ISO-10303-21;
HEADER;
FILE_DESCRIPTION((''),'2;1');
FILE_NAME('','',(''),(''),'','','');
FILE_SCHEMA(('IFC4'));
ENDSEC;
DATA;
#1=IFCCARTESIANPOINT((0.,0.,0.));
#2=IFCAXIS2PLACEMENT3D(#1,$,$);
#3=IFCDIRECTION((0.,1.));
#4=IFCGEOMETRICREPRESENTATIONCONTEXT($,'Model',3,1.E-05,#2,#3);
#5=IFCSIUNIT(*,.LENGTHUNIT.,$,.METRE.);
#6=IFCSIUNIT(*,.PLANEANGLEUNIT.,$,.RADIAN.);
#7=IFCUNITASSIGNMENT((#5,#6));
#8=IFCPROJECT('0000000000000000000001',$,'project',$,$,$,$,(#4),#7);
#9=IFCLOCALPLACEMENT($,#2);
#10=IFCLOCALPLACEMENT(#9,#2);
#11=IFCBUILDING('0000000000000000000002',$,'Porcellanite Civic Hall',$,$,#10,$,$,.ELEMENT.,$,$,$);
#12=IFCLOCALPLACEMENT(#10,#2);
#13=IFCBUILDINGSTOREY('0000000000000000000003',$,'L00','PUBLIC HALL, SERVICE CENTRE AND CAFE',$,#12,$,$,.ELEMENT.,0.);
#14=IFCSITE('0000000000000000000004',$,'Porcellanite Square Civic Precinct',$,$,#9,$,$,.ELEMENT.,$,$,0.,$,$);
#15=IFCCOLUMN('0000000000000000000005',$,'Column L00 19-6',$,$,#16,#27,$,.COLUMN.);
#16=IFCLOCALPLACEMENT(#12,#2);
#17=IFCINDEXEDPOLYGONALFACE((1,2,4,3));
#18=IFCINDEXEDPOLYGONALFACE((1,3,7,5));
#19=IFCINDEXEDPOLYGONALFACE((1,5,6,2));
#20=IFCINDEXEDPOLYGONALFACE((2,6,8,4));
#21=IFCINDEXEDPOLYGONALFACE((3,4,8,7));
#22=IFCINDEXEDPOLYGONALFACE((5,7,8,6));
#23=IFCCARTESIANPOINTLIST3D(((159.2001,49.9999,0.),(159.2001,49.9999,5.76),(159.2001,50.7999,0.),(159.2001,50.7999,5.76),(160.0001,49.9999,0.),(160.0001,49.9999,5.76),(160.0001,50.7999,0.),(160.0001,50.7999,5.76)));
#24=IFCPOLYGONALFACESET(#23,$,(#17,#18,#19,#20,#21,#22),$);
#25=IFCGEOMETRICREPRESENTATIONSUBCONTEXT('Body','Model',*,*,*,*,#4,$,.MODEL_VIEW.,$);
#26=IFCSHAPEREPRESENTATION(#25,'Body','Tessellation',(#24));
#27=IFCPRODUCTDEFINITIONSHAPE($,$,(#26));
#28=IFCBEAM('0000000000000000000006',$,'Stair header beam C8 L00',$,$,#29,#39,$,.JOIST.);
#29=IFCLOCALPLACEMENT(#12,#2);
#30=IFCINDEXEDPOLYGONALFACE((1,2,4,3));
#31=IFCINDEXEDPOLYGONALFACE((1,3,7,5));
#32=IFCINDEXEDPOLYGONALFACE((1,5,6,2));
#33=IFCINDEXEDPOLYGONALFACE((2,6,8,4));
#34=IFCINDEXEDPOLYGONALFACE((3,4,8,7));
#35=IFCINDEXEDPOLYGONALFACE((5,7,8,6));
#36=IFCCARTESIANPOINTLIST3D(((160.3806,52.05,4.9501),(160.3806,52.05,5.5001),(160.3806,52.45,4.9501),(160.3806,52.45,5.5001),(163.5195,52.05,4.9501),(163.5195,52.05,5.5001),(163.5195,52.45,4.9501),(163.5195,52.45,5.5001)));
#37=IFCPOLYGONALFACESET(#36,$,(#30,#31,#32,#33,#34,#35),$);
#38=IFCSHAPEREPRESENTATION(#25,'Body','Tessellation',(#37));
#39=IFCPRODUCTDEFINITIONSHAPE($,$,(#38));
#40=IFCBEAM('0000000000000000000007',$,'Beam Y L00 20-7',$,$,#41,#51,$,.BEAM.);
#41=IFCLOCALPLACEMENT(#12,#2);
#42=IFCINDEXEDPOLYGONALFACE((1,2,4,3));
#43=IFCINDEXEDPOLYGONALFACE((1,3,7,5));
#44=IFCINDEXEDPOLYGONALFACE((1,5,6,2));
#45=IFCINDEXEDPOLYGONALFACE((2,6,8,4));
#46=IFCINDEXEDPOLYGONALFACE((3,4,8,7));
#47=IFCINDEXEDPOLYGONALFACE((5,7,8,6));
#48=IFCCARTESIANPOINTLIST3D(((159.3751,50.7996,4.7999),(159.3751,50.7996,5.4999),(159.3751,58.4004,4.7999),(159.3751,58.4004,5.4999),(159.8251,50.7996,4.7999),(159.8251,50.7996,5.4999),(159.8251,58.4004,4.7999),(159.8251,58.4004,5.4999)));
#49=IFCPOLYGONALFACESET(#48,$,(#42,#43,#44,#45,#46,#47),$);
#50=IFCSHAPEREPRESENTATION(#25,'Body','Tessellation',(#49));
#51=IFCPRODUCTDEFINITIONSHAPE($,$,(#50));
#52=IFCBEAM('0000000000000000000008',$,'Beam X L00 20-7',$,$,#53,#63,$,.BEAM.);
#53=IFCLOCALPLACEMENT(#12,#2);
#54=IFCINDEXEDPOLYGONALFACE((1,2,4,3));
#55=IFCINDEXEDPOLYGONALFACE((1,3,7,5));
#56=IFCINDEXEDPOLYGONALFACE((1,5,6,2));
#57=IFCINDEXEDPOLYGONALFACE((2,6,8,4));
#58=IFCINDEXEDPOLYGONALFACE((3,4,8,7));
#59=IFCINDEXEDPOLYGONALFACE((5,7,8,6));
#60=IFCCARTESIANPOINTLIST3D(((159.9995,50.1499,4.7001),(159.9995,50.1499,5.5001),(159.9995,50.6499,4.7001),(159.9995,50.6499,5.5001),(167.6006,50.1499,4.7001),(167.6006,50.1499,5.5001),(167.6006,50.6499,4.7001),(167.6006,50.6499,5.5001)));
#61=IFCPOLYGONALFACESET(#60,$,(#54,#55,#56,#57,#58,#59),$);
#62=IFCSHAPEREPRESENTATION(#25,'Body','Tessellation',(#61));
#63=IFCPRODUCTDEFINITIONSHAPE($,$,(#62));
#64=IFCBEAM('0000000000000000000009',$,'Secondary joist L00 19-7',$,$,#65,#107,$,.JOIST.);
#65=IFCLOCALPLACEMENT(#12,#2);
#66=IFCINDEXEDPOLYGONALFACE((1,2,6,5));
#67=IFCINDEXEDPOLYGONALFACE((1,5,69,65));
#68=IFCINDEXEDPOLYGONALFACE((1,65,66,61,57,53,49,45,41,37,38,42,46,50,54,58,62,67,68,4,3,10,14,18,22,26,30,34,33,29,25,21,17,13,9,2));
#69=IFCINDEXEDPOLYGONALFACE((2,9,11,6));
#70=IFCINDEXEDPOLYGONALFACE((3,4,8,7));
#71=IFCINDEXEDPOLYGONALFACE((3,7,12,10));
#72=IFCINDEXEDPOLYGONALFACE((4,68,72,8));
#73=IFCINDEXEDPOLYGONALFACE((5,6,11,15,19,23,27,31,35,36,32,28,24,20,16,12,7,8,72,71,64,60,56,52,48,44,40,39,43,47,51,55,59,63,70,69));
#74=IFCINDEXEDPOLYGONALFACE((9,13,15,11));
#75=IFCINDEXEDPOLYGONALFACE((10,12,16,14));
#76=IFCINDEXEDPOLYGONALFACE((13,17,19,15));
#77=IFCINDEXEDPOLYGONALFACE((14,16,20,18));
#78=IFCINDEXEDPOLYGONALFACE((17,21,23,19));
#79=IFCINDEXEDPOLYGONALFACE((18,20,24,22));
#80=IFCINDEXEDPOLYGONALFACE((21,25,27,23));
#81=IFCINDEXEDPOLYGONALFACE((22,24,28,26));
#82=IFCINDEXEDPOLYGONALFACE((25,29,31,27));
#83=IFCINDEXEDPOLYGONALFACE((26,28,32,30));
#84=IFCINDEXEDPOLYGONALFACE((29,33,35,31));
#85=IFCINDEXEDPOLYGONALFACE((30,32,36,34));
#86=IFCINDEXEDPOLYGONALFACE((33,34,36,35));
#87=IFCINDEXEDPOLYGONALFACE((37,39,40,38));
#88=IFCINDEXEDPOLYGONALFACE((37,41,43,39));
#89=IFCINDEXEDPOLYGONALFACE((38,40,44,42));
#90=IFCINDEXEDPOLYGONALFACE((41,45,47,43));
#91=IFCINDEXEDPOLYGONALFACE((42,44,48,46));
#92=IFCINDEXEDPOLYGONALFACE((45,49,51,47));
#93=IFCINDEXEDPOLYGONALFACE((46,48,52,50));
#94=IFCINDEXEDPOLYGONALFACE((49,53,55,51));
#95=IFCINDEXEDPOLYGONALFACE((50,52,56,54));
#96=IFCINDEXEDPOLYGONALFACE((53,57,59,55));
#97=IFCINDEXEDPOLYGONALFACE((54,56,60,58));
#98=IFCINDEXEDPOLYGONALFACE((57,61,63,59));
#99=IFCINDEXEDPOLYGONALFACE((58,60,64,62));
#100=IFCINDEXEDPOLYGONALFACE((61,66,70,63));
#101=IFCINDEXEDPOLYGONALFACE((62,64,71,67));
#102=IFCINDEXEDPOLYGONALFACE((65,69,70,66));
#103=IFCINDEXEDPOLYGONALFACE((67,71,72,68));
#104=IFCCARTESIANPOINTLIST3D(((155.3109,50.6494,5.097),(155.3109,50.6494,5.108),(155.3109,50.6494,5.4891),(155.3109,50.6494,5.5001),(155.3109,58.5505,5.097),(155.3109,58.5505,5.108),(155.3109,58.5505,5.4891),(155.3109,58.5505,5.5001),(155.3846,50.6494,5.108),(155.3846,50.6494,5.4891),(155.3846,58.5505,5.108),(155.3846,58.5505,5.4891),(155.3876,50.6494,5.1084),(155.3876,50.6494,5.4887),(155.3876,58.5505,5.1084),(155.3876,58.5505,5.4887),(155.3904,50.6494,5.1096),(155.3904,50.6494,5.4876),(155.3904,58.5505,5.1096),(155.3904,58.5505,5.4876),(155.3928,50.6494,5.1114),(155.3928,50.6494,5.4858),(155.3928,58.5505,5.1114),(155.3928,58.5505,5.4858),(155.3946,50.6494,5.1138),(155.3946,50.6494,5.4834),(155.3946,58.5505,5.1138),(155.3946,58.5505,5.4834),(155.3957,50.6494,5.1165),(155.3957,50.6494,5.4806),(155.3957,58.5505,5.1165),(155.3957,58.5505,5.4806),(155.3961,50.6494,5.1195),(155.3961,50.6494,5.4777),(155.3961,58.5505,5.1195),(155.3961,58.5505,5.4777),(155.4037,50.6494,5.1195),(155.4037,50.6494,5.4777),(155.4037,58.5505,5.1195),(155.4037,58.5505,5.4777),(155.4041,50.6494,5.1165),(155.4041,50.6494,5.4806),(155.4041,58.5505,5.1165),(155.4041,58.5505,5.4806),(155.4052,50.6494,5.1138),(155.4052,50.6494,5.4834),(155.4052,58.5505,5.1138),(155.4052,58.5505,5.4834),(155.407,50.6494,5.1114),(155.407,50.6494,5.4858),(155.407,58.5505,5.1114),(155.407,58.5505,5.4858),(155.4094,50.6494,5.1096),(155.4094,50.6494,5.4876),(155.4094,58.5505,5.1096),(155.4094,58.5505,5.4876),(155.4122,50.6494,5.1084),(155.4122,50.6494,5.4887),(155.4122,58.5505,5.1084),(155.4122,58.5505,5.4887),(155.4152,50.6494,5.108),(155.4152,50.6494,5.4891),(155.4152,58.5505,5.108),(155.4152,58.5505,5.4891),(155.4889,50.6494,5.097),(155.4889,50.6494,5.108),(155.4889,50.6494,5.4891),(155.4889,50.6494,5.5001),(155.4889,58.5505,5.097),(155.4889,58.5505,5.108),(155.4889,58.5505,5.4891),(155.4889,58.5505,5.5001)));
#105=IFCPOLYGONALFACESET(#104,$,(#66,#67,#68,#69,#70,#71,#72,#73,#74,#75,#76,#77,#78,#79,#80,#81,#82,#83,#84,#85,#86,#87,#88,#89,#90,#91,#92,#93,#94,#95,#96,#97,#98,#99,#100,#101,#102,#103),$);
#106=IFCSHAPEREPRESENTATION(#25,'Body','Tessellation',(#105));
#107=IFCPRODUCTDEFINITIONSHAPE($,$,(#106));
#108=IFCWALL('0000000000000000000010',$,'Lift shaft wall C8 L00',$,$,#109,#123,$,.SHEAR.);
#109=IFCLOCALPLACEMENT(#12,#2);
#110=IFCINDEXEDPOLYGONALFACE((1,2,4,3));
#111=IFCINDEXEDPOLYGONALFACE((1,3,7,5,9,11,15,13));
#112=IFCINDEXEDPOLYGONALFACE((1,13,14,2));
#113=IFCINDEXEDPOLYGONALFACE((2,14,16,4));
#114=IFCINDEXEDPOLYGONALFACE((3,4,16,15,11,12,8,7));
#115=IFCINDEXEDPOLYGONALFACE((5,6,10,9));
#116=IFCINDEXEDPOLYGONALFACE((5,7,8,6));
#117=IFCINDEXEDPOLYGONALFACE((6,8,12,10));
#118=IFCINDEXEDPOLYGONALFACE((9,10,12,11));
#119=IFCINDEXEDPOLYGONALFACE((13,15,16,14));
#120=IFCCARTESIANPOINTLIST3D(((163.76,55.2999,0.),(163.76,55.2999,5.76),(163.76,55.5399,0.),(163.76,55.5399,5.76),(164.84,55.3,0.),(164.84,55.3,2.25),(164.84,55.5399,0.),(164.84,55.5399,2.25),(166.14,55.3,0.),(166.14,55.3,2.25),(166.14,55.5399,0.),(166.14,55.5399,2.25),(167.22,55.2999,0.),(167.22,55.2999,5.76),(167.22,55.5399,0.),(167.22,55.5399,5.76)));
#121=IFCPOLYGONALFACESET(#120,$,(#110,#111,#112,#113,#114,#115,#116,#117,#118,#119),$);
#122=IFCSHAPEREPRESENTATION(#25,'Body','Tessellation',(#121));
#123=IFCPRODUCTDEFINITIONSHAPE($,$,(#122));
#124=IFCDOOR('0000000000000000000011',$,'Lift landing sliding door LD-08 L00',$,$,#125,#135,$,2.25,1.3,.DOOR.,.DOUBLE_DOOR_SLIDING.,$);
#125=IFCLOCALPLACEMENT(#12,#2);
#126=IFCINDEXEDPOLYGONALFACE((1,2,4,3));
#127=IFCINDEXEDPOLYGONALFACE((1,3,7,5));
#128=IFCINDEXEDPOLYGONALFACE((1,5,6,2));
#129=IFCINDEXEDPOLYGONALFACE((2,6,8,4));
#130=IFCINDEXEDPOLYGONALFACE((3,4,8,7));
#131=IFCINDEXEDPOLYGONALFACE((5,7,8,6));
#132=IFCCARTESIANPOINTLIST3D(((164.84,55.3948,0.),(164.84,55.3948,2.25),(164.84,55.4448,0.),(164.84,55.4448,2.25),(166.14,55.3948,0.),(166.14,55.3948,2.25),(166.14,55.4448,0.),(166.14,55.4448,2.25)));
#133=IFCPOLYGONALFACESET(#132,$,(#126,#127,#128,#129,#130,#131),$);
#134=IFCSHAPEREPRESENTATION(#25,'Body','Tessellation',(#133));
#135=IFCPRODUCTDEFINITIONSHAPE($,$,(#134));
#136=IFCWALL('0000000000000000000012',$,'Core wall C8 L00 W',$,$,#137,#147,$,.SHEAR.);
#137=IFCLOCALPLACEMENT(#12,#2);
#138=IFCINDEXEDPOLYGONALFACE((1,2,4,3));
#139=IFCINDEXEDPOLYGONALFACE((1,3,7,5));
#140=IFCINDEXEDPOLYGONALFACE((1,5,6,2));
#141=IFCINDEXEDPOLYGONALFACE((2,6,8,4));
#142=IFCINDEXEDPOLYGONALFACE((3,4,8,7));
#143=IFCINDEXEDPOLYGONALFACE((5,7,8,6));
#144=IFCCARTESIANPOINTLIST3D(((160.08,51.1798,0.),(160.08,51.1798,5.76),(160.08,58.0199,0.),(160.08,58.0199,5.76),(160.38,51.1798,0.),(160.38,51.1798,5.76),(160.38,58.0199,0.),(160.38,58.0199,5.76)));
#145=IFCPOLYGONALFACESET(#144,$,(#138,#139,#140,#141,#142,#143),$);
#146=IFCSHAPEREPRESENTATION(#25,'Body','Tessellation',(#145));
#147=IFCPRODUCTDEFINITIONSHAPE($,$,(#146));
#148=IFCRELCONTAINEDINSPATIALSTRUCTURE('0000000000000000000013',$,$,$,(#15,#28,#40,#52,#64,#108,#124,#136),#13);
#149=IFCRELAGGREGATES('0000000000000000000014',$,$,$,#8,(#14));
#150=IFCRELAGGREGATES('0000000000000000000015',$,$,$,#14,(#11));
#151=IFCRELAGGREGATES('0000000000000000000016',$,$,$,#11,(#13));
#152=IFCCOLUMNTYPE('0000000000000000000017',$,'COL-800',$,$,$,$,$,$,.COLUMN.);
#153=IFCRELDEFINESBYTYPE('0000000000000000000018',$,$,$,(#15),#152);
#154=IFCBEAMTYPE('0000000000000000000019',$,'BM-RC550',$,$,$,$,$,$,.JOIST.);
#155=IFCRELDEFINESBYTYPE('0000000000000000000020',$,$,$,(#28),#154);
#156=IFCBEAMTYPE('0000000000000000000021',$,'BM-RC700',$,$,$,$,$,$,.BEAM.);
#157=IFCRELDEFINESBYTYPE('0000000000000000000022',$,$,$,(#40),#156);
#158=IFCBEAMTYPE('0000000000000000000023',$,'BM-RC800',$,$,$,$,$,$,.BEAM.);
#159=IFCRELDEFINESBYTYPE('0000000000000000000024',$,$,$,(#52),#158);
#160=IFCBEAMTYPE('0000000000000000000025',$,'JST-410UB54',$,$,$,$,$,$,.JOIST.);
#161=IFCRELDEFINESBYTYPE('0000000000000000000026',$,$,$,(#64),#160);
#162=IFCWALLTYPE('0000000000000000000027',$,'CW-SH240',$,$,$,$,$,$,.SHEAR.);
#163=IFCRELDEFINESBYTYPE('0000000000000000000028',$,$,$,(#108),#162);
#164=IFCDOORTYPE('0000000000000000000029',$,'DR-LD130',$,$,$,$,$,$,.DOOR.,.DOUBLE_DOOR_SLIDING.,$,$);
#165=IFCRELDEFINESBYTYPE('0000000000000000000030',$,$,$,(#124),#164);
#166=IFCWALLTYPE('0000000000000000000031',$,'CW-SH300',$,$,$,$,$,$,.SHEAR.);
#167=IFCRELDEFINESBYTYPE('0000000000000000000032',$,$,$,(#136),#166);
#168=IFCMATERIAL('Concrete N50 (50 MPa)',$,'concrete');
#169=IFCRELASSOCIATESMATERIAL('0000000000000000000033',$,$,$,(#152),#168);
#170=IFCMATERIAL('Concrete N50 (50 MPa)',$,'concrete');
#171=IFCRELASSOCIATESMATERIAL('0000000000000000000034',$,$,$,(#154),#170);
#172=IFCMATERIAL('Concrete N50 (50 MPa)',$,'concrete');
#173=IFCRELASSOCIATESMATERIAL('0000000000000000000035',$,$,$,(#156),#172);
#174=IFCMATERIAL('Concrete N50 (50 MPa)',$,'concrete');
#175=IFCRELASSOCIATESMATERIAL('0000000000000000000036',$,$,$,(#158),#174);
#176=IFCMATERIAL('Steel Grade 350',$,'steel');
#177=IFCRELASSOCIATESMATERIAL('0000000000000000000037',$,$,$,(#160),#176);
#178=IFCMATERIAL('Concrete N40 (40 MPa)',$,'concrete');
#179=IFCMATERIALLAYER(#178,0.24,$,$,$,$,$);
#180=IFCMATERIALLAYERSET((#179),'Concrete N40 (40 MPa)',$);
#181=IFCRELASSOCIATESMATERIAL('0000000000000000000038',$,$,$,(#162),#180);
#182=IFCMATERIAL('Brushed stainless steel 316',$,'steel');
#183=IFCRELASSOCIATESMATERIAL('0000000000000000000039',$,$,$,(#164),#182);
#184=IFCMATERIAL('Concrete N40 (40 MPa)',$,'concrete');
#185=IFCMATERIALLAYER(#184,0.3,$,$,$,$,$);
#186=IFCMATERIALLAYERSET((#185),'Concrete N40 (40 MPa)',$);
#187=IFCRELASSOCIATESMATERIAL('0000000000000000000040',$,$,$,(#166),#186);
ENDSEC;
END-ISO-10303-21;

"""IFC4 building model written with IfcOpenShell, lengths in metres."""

from ifc_helpers import new_model, si_unit, direction, frame, frame_2d, origin, origin_2d, place, context, subcontext, project, spatial, rectangle, i_section, extrude, material, layer, layer_set, material_profile, profile_set, type_object, element, fill, save


model = new_model("IFC4")

# Units and contexts
model_context = context("Model", 3, precision=1e-05, world=origin(), true_north=direction((0.0, 1.0)))
body_context = subcontext(model_context, "Body", "Model", "MODEL_VIEW")
ifc_project = project(units=[si_unit("LENGTHUNIT", "METRE"), si_unit("PLANEANGLEUNIT", "RADIAN")], contexts=[model_context])

# Site, building, storey
site_placement = place(None, origin())
site = spatial("IfcSite", under=ifc_project, at=site_placement, Name="Porcellanite Square Civic Precinct", CompositionType="ELEMENT", RefElevation=0.0)
building_placement = place(site_placement, origin())
building = spatial("IfcBuilding", under=site, at=building_placement, Name="Porcellanite Civic Hall", CompositionType="ELEMENT")
storey_placement = place(building_placement, origin())
storey = spatial("IfcBuildingStorey", under=building, at=storey_placement, Name="L00", Description="PUBLIC HALL, SERVICE CENTRE AND CAFE", CompositionType="ELEMENT", Elevation=0.0)

# Column
ifc_material_1 = material(Name="Concrete N50 (50 MPa)", Category="concrete")
ifc_material_profile_1 = material_profile(ifc_material_1, rectangle(XDim=0.8, YDim=0.8, at=origin_2d()), Name="RC-800x800")
ifc_profile_set_1 = profile_set([ifc_material_profile_1], Name="Concrete N50 (50 MPa)")
column_type = type_object("IfcColumnType", Name="COL-800", PredefinedType="COLUMN", material=ifc_profile_set_1)
column_placement = place(storey_placement, frame((159.6001, 50.3999, 0.0), z_axis=(0.0, 0.0, 1.0), x_axis=(1.0, 0.0, 0.0)))
element("IfcColumn", 1, at=column_placement, inside=storey, type_object=column_type, Name="Column L00 19-6", PredefinedType="COLUMN", context=body_context, shape_type="SweptSolid", body=[
    extrude(rectangle(XDim=0.8, YDim=0.8, at=origin_2d()), origin(), (0.0, 0.0, 1.0), 5.76),
])

# Beams
ifc_material_2 = material(Name="Concrete N50 (50 MPa)", Category="concrete")
ifc_material_profile_2 = material_profile(ifc_material_2, rectangle(XDim=0.3999, YDim=0.55, at=origin_2d()), Name="RC-400x550")
ifc_profile_set_2 = profile_set([ifc_material_profile_2], Name="Concrete N50 (50 MPa)")
beam_type_1 = type_object("IfcBeamType", Name="BM-RC550", PredefinedType="JOIST", material=ifc_profile_set_2)
beam_1_placement = place(storey_placement, frame((160.3806, 52.25, 5.2251), z_axis=(1.0, 0.0, 0.0), x_axis=(0.0, 1.0, 0.0)))
element("IfcBeam", 2, at=beam_1_placement, inside=storey, type_object=beam_type_1, Name="Stair header beam C8 L00", PredefinedType="JOIST", context=body_context, shape_type="SweptSolid", body=[
    extrude(rectangle(XDim=0.3999, YDim=0.55, at=origin_2d()), origin(), (0.0, 0.0, 1.0), 3.1389),
])
ifc_material_3 = material(Name="Concrete N50 (50 MPa)", Category="concrete")
ifc_material_profile_3 = material_profile(ifc_material_3, rectangle(XDim=0.45, YDim=0.7, at=origin_2d()), Name="RC-450x700")
ifc_profile_set_3 = profile_set([ifc_material_profile_3], Name="Concrete N50 (50 MPa)")
beam_type_2 = type_object("IfcBeamType", Name="BM-RC700", PredefinedType="BEAM", material=ifc_profile_set_3)
beam_2_placement = place(storey_placement, frame((159.6001, 50.7996, 5.1499), z_axis=(0.0, 1.0, 0.0), x_axis=(-1.0, 0.0, 0.0)))
element("IfcBeam", 3, at=beam_2_placement, inside=storey, type_object=beam_type_2, Name="Beam Y L00 20-7", PredefinedType="BEAM", context=body_context, shape_type="SweptSolid", body=[
    extrude(rectangle(XDim=0.45, YDim=0.7, at=origin_2d()), origin(), (0.0, 0.0, 1.0), 7.6008),
])
ifc_material_4 = material(Name="Concrete N50 (50 MPa)", Category="concrete")
ifc_material_profile_4 = material_profile(ifc_material_4, rectangle(XDim=0.5, YDim=0.8, at=origin_2d()), Name="RC-500x800")
ifc_profile_set_4 = profile_set([ifc_material_profile_4], Name="Concrete N50 (50 MPa)")
beam_type_3 = type_object("IfcBeamType", Name="BM-RC800", PredefinedType="BEAM", material=ifc_profile_set_4)
beam_3_placement = place(storey_placement, frame((159.9995, 50.3999, 5.1001), z_axis=(1.0, 0.0, 0.0), x_axis=(0.0, 1.0, 0.0)))
element("IfcBeam", 4, at=beam_3_placement, inside=storey, type_object=beam_type_3, Name="Beam X L00 20-7", PredefinedType="BEAM", context=body_context, shape_type="SweptSolid", body=[
    extrude(rectangle(XDim=0.5, YDim=0.8, at=origin_2d()), origin(), (0.0, 0.0, 1.0), 7.6011),
])
ifc_material_5 = material(Name="Steel Grade 350", Category="steel")
ifc_material_profile_5 = material_profile(ifc_material_5, i_section(OverallWidth=0.178, OverallDepth=0.4031, WebThickness=0.0076, FlangeThickness=0.011, FilletRadius=0.0115, at=origin_2d()), Name="410UB53.7")
ifc_profile_set_5 = profile_set([ifc_material_profile_5], Name="Steel Grade 350")
beam_type_4 = type_object("IfcBeamType", Name="JST-410UB54", PredefinedType="JOIST", material=ifc_profile_set_5)
beam_4_placement = place(storey_placement, frame((155.3999, 50.6494, 5.2986), z_axis=(0.0, 1.0, 0.0), x_axis=(-1.0, 0.0, 0.0)))
element("IfcBeam", 5, at=beam_4_placement, inside=storey, type_object=beam_type_4, Name="Secondary joist L00 19-7", PredefinedType="JOIST", context=body_context, shape_type="SweptSolid", body=[
    extrude(i_section(OverallWidth=0.178, OverallDepth=0.4031, WebThickness=0.0076, FlangeThickness=0.011, FilletRadius=0.0115, at=origin_2d()), origin(), (0.0, 0.0, 1.0), 7.9011),
])

# Wall, opening, door
ifc_material_6 = material(Name="Concrete N40 (40 MPa)", Category="concrete")
ifc_layer_1 = layer(ifc_material_6, 0.24)
ifc_layer_set_1 = layer_set([ifc_layer_1], Name="Concrete N40 (40 MPa)")
wall_type_1 = type_object("IfcWallType", Name="CW-SH240", PredefinedType="SHEAR", material=ifc_layer_set_1)
wall_1_placement = place(storey_placement, frame((163.76, 55.4199, 0.0), z_axis=(0.0, 0.0, 1.0), x_axis=(1.0, 0.0, 0.0)))
wall_1 = element("IfcWall", 6, at=wall_1_placement, inside=storey, type_object=wall_type_1, Name="Lift shaft wall C8 L00", PredefinedType="SHEAR", context=body_context, shape_type="SweptSolid", body=[
    extrude(rectangle(XDim=3.46, YDim=0.24, at=frame_2d((1.73, 0.0))), origin(), (0.0, 0.0, 1.0), 5.76),
])
opening_1_placement = place(wall_1_placement, frame((1.0801, 0.0, 0.0)))
opening_1 = element("IfcOpeningElement", 7, at=opening_1_placement, cuts=wall_1, PredefinedType="OPENING", context=body_context, shape_type="SweptSolid", body=[
    extrude(rectangle(XDim=1.3, YDim=2.25, at=frame_2d((0.6499, 1.125))), frame((0.0, 0.1201, 0.0), z_axis=(0.0, -1.0, 0.0), x_axis=(1.0, 0.0, 0.0)), (0.0, 0.0, 1.0), 0.24),
])
ifc_material_7 = material(Name="Brushed stainless steel 316", Category="steel")
door_type_1 = type_object("IfcDoorType", Name="DR-LD130", OperationType="DOUBLE_DOOR_SLIDING", PredefinedType="DOOR", material=ifc_material_7)
door_1_placement = place(opening_1_placement, origin())
door_1 = element("IfcDoor", 8, at=door_1_placement, inside=storey, type_object=door_type_1, Name="Lift landing sliding door LD-08 L00", OperationType="DOUBLE_DOOR_SLIDING", OverallHeight=2.25, OverallWidth=1.3, PredefinedType="DOOR", context=body_context, shape_type="SweptSolid", body=[
    extrude(rectangle(XDim=1.3, YDim=2.25, at=frame_2d((0.6499, 1.125))), frame((0.0, 0.0249, 0.0), z_axis=(0.0, -1.0, 0.0), x_axis=(1.0, 0.0, 0.0)), (0.0, 0.0, 1.0), 0.05),
])
fill(opening_1, door_1)
ifc_material_8 = material(Name="Concrete N40 (40 MPa)", Category="concrete")
ifc_layer_2 = layer(ifc_material_8, 0.3)
ifc_layer_set_2 = layer_set([ifc_layer_2], Name="Concrete N40 (40 MPa)")
wall_type_2 = type_object("IfcWallType", Name="CW-SH300", PredefinedType="SHEAR", material=ifc_layer_set_2)

# Wall
wall_2_placement = place(storey_placement, frame((160.23, 51.1799, 0.0), z_axis=(0.0, 0.0, 1.0), x_axis=(0.0, 1.0, 0.0)))
element("IfcWall", 9, at=wall_2_placement, inside=storey, type_object=wall_type_2, Name="Core wall C8 L00 W", PredefinedType="SHEAR", context=body_context, shape_type="SweptSolid", body=[
    extrude(rectangle(XDim=6.8401, YDim=0.3, at=frame_2d((3.4199, 0.0))), origin(), (0.0, 0.0, 1.0), 5.76),
])

save(model, "model.ifc")
